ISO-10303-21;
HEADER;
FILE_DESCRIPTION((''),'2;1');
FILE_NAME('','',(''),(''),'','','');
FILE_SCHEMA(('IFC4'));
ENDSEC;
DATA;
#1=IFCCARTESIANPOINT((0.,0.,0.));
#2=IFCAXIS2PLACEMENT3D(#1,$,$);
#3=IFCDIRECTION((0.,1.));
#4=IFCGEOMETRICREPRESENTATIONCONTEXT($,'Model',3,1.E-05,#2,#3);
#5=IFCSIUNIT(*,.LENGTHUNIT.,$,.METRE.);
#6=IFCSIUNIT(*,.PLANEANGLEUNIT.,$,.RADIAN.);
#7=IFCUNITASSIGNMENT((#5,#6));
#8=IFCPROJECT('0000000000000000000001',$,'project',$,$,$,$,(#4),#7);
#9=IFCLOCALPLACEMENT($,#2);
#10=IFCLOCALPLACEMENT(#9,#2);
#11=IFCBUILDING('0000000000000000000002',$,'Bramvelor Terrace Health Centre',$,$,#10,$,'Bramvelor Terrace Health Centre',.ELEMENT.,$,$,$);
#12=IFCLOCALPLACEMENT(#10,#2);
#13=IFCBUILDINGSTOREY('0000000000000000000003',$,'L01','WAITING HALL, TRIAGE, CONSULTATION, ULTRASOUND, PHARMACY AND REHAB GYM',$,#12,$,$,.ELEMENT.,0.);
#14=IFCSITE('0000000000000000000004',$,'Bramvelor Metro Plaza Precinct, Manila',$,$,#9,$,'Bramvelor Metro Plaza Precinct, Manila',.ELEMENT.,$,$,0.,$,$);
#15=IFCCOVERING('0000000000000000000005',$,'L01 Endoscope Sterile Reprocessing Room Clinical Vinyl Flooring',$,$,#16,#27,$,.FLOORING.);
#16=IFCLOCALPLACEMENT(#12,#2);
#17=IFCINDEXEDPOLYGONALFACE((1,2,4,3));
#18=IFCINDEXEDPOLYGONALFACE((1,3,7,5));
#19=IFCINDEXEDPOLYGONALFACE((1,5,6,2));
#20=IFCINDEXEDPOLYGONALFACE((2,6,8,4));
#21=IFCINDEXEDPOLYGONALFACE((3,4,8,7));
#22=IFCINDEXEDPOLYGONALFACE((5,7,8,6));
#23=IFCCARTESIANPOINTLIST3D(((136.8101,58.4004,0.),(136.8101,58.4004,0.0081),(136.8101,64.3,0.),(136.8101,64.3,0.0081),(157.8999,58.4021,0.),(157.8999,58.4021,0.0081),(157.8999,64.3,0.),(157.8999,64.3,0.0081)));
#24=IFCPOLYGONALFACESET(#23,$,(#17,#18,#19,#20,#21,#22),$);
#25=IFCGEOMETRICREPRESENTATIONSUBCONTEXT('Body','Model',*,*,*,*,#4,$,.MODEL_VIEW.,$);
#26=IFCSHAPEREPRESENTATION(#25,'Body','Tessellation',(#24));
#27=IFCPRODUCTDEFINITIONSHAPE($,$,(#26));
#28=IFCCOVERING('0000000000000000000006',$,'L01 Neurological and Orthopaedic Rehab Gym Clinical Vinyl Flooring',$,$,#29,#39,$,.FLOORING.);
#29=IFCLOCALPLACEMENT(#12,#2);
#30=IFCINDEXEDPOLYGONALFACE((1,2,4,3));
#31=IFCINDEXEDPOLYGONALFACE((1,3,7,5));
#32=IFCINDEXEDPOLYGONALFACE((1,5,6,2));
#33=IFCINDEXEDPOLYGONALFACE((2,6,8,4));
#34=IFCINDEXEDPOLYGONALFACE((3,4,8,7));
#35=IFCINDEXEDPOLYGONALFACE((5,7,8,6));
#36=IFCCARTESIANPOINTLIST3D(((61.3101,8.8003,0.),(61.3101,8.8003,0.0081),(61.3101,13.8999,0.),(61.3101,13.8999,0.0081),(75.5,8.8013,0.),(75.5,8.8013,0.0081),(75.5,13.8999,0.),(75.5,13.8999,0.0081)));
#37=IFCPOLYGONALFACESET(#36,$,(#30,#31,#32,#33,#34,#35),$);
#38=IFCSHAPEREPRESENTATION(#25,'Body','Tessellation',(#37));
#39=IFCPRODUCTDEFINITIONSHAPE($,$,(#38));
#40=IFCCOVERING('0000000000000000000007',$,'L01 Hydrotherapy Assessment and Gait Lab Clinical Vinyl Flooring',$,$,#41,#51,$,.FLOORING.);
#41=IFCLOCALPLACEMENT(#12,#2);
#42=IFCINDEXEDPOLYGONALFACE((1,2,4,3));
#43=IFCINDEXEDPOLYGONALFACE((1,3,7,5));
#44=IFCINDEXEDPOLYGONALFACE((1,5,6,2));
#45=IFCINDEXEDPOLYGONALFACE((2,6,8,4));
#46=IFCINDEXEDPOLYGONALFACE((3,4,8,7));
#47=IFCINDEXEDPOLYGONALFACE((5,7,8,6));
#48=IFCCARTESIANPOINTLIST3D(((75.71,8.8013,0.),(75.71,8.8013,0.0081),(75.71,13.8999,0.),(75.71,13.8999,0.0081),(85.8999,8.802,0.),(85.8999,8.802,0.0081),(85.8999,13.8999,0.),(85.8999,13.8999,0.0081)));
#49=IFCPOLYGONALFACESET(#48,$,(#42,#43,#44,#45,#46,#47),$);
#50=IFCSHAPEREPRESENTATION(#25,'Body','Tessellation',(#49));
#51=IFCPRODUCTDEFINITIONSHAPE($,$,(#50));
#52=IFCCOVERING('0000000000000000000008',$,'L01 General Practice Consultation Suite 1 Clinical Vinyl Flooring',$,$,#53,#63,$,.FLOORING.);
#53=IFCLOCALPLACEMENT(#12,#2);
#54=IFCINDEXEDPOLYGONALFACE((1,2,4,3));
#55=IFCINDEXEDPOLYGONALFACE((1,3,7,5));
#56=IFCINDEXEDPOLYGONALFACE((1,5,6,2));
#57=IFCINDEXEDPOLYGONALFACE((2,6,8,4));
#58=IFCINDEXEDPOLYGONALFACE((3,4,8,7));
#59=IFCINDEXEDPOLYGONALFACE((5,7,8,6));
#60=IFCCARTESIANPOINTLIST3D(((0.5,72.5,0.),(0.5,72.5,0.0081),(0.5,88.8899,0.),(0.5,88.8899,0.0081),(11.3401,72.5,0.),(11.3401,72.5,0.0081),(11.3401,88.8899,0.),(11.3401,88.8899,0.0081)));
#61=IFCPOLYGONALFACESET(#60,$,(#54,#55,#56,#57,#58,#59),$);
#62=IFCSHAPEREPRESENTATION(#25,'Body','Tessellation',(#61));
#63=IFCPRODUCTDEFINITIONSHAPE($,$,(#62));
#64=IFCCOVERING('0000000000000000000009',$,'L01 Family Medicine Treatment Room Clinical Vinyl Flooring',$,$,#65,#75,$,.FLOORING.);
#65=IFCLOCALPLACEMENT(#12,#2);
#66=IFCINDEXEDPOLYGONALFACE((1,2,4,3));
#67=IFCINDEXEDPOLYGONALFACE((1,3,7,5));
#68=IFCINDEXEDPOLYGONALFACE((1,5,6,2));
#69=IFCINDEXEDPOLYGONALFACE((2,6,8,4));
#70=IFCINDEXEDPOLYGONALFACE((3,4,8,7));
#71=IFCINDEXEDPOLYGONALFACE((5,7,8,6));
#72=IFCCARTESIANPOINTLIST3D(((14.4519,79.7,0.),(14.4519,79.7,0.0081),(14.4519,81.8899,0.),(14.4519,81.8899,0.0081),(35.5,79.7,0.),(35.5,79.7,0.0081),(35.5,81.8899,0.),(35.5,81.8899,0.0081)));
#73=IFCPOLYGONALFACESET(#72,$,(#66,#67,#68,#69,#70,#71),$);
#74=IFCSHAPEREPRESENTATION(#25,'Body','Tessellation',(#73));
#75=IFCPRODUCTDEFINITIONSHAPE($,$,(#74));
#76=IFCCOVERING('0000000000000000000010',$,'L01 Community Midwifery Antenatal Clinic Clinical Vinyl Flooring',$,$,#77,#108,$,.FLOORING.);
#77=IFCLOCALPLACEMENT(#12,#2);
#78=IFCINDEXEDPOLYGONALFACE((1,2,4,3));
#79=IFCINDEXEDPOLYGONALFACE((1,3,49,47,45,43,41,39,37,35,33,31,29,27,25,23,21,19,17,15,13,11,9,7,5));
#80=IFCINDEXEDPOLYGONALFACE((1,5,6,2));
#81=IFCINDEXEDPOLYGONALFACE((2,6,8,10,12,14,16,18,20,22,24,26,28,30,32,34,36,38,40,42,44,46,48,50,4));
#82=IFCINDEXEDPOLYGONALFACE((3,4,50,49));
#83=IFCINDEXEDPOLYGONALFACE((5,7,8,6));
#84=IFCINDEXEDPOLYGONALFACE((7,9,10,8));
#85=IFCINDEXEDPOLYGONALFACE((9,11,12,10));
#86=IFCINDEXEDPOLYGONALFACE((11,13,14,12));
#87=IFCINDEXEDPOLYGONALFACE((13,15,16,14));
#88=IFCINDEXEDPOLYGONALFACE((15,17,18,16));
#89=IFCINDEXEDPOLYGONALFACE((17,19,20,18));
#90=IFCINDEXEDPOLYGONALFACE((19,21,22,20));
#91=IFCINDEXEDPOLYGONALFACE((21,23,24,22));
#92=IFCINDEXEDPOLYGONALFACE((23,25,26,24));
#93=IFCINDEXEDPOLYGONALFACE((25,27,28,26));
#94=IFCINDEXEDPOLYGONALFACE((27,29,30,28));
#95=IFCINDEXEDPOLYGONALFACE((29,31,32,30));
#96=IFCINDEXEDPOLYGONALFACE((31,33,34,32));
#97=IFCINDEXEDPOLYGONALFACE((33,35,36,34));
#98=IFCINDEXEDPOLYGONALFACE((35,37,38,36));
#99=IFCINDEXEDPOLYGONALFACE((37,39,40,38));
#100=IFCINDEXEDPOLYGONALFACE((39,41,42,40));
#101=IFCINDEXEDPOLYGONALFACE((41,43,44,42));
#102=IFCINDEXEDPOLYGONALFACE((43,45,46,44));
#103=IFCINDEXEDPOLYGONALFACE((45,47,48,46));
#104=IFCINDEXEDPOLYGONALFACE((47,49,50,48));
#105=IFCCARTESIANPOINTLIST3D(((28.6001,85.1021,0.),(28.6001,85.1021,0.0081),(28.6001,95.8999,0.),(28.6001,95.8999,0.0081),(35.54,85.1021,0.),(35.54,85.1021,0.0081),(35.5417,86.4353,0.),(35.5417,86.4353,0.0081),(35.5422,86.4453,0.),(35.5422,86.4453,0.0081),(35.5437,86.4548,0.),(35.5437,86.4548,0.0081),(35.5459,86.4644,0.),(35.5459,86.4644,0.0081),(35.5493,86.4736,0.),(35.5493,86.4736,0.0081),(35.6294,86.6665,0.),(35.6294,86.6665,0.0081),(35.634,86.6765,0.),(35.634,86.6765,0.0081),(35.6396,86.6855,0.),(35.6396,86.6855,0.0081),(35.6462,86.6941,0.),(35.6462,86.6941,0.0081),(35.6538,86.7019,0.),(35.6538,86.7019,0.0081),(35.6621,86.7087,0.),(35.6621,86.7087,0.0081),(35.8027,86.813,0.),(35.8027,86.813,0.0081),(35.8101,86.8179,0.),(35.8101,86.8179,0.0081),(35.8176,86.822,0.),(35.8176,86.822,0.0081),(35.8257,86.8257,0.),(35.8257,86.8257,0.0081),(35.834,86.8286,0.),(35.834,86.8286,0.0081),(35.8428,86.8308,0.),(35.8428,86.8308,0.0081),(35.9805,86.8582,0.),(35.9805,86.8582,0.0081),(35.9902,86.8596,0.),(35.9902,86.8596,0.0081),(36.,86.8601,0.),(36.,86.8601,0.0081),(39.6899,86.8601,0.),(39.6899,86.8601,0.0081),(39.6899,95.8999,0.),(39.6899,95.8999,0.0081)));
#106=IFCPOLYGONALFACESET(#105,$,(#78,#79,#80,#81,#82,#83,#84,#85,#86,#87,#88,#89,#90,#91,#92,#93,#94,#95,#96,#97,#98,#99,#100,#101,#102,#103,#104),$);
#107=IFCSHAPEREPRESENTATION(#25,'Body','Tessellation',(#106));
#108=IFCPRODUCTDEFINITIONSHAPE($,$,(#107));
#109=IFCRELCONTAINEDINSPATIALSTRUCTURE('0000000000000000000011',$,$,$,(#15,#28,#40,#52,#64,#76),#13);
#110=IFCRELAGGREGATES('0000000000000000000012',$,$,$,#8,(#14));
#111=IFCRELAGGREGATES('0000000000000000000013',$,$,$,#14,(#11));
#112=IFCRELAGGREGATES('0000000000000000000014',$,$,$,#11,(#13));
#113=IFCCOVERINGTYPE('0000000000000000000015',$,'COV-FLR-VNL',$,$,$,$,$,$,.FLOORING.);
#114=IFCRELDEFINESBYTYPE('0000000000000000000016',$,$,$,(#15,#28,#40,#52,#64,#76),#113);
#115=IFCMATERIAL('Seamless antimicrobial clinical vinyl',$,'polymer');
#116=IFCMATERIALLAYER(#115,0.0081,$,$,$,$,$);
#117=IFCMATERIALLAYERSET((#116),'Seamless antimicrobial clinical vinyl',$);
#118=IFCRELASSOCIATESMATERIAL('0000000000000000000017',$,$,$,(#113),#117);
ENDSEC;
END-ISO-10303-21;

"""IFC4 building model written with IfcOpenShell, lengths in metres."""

from ifc_helpers import new_model, si_unit, direction, origin, place, context, subcontext, project, spatial, polyline, outline, extrude, material, layer, layer_set, type_object, element, save


model = new_model("IFC4")

# Units and contexts
model_context = context("Model", 3, precision=1e-05, world=origin(), true_north=direction((0.0, 1.0)))
body_context = subcontext(model_context, "Body", "Model", "MODEL_VIEW")
ifc_project = project(units=[si_unit("LENGTHUNIT", "METRE"), si_unit("PLANEANGLEUNIT", "RADIAN")], contexts=[model_context])

# Site, building, storey
site_placement = place(None, origin())
site = spatial("IfcSite", under=ifc_project, at=site_placement, Name="Bramvelor Metro Plaza Precinct, Manila", LongName="Bramvelor Metro Plaza Precinct, Manila", CompositionType="ELEMENT", RefElevation=0.0)
building_placement = place(site_placement, origin())
building = spatial("IfcBuilding", under=site, at=building_placement, Name="Bramvelor Terrace Health Centre", LongName="Bramvelor Terrace Health Centre", CompositionType="ELEMENT")
storey_placement = place(building_placement, origin())
storey = spatial("IfcBuildingStorey", under=building, at=storey_placement, Name="L01", Description="WAITING HALL, TRIAGE, CONSULTATION, ULTRASOUND, PHARMACY AND REHAB GYM", CompositionType="ELEMENT", Elevation=0.0)

# Coverings
ifc_material_1 = material(Name="Seamless antimicrobial clinical vinyl", Category="polymer")
ifc_layer_1 = layer(ifc_material_1, 0.0081)
ifc_layer_set_1 = layer_set([ifc_layer_1], Name="Seamless antimicrobial clinical vinyl")
covering_type_1 = type_object("IfcCoveringType", Name="COV-FLR-VNL", PredefinedType="FLOORING", material=ifc_layer_set_1)
covering_1_placement = place(storey_placement, origin())
element("IfcCovering", 1, at=covering_1_placement, inside=storey, type_object=covering_type_1, Name="L01 Endoscope Sterile Reprocessing Room Clinical Vinyl Flooring", PredefinedType="FLOORING", context=body_context, shape_type="SweptSolid", body=[
    extrude(outline(polyline([(136.8101, 64.3), (157.8999, 64.3), (157.8999, 58.4021), (136.8101, 58.4004), (136.8101, 64.3)])), origin(), (0.0, 0.0, 1.0), 0.0081),
])
covering_2_placement = place(storey_placement, origin())
element("IfcCovering", 2, at=covering_2_placement, inside=storey, type_object=covering_type_1, Name="L01 Neurological and Orthopaedic Rehab Gym Clinical Vinyl Flooring", PredefinedType="FLOORING", context=body_context, shape_type="SweptSolid", body=[
    extrude(outline(polyline([(61.3101, 13.8999), (75.5, 13.8999), (75.5, 8.8013), (61.3101, 8.8003), (61.3101, 13.8999)])), origin(), (0.0, 0.0, 1.0), 0.0081),
])
covering_3_placement = place(storey_placement, origin())
element("IfcCovering", 3, at=covering_3_placement, inside=storey, type_object=covering_type_1, Name="L01 Hydrotherapy Assessment and Gait Lab Clinical Vinyl Flooring", PredefinedType="FLOORING", context=body_context, shape_type="SweptSolid", body=[
    extrude(outline(polyline([(75.71, 13.8999), (85.8999, 13.8999), (85.8999, 8.802), (75.71, 8.8013), (75.71, 13.8999)])), origin(), (0.0, 0.0, 1.0), 0.0081),
])
covering_4_placement = place(storey_placement, origin())
element("IfcCovering", 4, at=covering_4_placement, inside=storey, type_object=covering_type_1, Name="L01 General Practice Consultation Suite 1 Clinical Vinyl Flooring", PredefinedType="FLOORING", context=body_context, shape_type="SweptSolid", body=[
    extrude(outline(polyline([(0.5, 88.8899), (11.3401, 88.8899), (11.3401, 72.5), (0.5, 72.5), (0.5, 88.8899)])), origin(), (0.0, 0.0, 1.0), 0.0081),
])
covering_5_placement = place(storey_placement, origin())
element("IfcCovering", 5, at=covering_5_placement, inside=storey, type_object=covering_type_1, Name="L01 Family Medicine Treatment Room Clinical Vinyl Flooring", PredefinedType="FLOORING", context=body_context, shape_type="SweptSolid", body=[
    extrude(outline(polyline([(35.5, 81.8899), (35.5, 79.7), (14.4519, 79.7), (14.4519, 81.8899), (35.5, 81.8899)])), origin(), (0.0, 0.0, 1.0), 0.0081),
])
covering_6_placement = place(storey_placement, origin())
element("IfcCovering", 6, at=covering_6_placement, inside=storey, type_object=covering_type_1, Name="L01 Community Midwifery Antenatal Clinic Clinical Vinyl Flooring", PredefinedType="FLOORING", context=body_context, shape_type="SweptSolid", body=[
    extrude(outline(polyline([(28.6001, 95.8999), (39.6899, 95.8999), (39.6899, 86.8601), (36.0, 86.8601), (35.9902, 86.8596), (35.9805, 86.8582), (35.8428, 86.8308), (35.834, 86.8286), (35.8257, 86.8257), (35.8176, 86.822), (35.8101, 86.8179), (35.8027, 86.813), (35.6621, 86.7087), (35.6538, 86.7019), (35.6462, 86.6941), (35.6396, 86.6855), (35.634, 86.6765), (35.6294, 86.6665), (35.5493, 86.4736), (35.5459, 86.4644), (35.5437, 86.4548), (35.5422, 86.4453), (35.5417, 86.4353), (35.54, 85.1021), (28.6001, 85.1021), (28.6001, 95.8999)])), origin(), (0.0, 0.0, 1.0), 0.0081),
])

save(model, "model.ifc")
